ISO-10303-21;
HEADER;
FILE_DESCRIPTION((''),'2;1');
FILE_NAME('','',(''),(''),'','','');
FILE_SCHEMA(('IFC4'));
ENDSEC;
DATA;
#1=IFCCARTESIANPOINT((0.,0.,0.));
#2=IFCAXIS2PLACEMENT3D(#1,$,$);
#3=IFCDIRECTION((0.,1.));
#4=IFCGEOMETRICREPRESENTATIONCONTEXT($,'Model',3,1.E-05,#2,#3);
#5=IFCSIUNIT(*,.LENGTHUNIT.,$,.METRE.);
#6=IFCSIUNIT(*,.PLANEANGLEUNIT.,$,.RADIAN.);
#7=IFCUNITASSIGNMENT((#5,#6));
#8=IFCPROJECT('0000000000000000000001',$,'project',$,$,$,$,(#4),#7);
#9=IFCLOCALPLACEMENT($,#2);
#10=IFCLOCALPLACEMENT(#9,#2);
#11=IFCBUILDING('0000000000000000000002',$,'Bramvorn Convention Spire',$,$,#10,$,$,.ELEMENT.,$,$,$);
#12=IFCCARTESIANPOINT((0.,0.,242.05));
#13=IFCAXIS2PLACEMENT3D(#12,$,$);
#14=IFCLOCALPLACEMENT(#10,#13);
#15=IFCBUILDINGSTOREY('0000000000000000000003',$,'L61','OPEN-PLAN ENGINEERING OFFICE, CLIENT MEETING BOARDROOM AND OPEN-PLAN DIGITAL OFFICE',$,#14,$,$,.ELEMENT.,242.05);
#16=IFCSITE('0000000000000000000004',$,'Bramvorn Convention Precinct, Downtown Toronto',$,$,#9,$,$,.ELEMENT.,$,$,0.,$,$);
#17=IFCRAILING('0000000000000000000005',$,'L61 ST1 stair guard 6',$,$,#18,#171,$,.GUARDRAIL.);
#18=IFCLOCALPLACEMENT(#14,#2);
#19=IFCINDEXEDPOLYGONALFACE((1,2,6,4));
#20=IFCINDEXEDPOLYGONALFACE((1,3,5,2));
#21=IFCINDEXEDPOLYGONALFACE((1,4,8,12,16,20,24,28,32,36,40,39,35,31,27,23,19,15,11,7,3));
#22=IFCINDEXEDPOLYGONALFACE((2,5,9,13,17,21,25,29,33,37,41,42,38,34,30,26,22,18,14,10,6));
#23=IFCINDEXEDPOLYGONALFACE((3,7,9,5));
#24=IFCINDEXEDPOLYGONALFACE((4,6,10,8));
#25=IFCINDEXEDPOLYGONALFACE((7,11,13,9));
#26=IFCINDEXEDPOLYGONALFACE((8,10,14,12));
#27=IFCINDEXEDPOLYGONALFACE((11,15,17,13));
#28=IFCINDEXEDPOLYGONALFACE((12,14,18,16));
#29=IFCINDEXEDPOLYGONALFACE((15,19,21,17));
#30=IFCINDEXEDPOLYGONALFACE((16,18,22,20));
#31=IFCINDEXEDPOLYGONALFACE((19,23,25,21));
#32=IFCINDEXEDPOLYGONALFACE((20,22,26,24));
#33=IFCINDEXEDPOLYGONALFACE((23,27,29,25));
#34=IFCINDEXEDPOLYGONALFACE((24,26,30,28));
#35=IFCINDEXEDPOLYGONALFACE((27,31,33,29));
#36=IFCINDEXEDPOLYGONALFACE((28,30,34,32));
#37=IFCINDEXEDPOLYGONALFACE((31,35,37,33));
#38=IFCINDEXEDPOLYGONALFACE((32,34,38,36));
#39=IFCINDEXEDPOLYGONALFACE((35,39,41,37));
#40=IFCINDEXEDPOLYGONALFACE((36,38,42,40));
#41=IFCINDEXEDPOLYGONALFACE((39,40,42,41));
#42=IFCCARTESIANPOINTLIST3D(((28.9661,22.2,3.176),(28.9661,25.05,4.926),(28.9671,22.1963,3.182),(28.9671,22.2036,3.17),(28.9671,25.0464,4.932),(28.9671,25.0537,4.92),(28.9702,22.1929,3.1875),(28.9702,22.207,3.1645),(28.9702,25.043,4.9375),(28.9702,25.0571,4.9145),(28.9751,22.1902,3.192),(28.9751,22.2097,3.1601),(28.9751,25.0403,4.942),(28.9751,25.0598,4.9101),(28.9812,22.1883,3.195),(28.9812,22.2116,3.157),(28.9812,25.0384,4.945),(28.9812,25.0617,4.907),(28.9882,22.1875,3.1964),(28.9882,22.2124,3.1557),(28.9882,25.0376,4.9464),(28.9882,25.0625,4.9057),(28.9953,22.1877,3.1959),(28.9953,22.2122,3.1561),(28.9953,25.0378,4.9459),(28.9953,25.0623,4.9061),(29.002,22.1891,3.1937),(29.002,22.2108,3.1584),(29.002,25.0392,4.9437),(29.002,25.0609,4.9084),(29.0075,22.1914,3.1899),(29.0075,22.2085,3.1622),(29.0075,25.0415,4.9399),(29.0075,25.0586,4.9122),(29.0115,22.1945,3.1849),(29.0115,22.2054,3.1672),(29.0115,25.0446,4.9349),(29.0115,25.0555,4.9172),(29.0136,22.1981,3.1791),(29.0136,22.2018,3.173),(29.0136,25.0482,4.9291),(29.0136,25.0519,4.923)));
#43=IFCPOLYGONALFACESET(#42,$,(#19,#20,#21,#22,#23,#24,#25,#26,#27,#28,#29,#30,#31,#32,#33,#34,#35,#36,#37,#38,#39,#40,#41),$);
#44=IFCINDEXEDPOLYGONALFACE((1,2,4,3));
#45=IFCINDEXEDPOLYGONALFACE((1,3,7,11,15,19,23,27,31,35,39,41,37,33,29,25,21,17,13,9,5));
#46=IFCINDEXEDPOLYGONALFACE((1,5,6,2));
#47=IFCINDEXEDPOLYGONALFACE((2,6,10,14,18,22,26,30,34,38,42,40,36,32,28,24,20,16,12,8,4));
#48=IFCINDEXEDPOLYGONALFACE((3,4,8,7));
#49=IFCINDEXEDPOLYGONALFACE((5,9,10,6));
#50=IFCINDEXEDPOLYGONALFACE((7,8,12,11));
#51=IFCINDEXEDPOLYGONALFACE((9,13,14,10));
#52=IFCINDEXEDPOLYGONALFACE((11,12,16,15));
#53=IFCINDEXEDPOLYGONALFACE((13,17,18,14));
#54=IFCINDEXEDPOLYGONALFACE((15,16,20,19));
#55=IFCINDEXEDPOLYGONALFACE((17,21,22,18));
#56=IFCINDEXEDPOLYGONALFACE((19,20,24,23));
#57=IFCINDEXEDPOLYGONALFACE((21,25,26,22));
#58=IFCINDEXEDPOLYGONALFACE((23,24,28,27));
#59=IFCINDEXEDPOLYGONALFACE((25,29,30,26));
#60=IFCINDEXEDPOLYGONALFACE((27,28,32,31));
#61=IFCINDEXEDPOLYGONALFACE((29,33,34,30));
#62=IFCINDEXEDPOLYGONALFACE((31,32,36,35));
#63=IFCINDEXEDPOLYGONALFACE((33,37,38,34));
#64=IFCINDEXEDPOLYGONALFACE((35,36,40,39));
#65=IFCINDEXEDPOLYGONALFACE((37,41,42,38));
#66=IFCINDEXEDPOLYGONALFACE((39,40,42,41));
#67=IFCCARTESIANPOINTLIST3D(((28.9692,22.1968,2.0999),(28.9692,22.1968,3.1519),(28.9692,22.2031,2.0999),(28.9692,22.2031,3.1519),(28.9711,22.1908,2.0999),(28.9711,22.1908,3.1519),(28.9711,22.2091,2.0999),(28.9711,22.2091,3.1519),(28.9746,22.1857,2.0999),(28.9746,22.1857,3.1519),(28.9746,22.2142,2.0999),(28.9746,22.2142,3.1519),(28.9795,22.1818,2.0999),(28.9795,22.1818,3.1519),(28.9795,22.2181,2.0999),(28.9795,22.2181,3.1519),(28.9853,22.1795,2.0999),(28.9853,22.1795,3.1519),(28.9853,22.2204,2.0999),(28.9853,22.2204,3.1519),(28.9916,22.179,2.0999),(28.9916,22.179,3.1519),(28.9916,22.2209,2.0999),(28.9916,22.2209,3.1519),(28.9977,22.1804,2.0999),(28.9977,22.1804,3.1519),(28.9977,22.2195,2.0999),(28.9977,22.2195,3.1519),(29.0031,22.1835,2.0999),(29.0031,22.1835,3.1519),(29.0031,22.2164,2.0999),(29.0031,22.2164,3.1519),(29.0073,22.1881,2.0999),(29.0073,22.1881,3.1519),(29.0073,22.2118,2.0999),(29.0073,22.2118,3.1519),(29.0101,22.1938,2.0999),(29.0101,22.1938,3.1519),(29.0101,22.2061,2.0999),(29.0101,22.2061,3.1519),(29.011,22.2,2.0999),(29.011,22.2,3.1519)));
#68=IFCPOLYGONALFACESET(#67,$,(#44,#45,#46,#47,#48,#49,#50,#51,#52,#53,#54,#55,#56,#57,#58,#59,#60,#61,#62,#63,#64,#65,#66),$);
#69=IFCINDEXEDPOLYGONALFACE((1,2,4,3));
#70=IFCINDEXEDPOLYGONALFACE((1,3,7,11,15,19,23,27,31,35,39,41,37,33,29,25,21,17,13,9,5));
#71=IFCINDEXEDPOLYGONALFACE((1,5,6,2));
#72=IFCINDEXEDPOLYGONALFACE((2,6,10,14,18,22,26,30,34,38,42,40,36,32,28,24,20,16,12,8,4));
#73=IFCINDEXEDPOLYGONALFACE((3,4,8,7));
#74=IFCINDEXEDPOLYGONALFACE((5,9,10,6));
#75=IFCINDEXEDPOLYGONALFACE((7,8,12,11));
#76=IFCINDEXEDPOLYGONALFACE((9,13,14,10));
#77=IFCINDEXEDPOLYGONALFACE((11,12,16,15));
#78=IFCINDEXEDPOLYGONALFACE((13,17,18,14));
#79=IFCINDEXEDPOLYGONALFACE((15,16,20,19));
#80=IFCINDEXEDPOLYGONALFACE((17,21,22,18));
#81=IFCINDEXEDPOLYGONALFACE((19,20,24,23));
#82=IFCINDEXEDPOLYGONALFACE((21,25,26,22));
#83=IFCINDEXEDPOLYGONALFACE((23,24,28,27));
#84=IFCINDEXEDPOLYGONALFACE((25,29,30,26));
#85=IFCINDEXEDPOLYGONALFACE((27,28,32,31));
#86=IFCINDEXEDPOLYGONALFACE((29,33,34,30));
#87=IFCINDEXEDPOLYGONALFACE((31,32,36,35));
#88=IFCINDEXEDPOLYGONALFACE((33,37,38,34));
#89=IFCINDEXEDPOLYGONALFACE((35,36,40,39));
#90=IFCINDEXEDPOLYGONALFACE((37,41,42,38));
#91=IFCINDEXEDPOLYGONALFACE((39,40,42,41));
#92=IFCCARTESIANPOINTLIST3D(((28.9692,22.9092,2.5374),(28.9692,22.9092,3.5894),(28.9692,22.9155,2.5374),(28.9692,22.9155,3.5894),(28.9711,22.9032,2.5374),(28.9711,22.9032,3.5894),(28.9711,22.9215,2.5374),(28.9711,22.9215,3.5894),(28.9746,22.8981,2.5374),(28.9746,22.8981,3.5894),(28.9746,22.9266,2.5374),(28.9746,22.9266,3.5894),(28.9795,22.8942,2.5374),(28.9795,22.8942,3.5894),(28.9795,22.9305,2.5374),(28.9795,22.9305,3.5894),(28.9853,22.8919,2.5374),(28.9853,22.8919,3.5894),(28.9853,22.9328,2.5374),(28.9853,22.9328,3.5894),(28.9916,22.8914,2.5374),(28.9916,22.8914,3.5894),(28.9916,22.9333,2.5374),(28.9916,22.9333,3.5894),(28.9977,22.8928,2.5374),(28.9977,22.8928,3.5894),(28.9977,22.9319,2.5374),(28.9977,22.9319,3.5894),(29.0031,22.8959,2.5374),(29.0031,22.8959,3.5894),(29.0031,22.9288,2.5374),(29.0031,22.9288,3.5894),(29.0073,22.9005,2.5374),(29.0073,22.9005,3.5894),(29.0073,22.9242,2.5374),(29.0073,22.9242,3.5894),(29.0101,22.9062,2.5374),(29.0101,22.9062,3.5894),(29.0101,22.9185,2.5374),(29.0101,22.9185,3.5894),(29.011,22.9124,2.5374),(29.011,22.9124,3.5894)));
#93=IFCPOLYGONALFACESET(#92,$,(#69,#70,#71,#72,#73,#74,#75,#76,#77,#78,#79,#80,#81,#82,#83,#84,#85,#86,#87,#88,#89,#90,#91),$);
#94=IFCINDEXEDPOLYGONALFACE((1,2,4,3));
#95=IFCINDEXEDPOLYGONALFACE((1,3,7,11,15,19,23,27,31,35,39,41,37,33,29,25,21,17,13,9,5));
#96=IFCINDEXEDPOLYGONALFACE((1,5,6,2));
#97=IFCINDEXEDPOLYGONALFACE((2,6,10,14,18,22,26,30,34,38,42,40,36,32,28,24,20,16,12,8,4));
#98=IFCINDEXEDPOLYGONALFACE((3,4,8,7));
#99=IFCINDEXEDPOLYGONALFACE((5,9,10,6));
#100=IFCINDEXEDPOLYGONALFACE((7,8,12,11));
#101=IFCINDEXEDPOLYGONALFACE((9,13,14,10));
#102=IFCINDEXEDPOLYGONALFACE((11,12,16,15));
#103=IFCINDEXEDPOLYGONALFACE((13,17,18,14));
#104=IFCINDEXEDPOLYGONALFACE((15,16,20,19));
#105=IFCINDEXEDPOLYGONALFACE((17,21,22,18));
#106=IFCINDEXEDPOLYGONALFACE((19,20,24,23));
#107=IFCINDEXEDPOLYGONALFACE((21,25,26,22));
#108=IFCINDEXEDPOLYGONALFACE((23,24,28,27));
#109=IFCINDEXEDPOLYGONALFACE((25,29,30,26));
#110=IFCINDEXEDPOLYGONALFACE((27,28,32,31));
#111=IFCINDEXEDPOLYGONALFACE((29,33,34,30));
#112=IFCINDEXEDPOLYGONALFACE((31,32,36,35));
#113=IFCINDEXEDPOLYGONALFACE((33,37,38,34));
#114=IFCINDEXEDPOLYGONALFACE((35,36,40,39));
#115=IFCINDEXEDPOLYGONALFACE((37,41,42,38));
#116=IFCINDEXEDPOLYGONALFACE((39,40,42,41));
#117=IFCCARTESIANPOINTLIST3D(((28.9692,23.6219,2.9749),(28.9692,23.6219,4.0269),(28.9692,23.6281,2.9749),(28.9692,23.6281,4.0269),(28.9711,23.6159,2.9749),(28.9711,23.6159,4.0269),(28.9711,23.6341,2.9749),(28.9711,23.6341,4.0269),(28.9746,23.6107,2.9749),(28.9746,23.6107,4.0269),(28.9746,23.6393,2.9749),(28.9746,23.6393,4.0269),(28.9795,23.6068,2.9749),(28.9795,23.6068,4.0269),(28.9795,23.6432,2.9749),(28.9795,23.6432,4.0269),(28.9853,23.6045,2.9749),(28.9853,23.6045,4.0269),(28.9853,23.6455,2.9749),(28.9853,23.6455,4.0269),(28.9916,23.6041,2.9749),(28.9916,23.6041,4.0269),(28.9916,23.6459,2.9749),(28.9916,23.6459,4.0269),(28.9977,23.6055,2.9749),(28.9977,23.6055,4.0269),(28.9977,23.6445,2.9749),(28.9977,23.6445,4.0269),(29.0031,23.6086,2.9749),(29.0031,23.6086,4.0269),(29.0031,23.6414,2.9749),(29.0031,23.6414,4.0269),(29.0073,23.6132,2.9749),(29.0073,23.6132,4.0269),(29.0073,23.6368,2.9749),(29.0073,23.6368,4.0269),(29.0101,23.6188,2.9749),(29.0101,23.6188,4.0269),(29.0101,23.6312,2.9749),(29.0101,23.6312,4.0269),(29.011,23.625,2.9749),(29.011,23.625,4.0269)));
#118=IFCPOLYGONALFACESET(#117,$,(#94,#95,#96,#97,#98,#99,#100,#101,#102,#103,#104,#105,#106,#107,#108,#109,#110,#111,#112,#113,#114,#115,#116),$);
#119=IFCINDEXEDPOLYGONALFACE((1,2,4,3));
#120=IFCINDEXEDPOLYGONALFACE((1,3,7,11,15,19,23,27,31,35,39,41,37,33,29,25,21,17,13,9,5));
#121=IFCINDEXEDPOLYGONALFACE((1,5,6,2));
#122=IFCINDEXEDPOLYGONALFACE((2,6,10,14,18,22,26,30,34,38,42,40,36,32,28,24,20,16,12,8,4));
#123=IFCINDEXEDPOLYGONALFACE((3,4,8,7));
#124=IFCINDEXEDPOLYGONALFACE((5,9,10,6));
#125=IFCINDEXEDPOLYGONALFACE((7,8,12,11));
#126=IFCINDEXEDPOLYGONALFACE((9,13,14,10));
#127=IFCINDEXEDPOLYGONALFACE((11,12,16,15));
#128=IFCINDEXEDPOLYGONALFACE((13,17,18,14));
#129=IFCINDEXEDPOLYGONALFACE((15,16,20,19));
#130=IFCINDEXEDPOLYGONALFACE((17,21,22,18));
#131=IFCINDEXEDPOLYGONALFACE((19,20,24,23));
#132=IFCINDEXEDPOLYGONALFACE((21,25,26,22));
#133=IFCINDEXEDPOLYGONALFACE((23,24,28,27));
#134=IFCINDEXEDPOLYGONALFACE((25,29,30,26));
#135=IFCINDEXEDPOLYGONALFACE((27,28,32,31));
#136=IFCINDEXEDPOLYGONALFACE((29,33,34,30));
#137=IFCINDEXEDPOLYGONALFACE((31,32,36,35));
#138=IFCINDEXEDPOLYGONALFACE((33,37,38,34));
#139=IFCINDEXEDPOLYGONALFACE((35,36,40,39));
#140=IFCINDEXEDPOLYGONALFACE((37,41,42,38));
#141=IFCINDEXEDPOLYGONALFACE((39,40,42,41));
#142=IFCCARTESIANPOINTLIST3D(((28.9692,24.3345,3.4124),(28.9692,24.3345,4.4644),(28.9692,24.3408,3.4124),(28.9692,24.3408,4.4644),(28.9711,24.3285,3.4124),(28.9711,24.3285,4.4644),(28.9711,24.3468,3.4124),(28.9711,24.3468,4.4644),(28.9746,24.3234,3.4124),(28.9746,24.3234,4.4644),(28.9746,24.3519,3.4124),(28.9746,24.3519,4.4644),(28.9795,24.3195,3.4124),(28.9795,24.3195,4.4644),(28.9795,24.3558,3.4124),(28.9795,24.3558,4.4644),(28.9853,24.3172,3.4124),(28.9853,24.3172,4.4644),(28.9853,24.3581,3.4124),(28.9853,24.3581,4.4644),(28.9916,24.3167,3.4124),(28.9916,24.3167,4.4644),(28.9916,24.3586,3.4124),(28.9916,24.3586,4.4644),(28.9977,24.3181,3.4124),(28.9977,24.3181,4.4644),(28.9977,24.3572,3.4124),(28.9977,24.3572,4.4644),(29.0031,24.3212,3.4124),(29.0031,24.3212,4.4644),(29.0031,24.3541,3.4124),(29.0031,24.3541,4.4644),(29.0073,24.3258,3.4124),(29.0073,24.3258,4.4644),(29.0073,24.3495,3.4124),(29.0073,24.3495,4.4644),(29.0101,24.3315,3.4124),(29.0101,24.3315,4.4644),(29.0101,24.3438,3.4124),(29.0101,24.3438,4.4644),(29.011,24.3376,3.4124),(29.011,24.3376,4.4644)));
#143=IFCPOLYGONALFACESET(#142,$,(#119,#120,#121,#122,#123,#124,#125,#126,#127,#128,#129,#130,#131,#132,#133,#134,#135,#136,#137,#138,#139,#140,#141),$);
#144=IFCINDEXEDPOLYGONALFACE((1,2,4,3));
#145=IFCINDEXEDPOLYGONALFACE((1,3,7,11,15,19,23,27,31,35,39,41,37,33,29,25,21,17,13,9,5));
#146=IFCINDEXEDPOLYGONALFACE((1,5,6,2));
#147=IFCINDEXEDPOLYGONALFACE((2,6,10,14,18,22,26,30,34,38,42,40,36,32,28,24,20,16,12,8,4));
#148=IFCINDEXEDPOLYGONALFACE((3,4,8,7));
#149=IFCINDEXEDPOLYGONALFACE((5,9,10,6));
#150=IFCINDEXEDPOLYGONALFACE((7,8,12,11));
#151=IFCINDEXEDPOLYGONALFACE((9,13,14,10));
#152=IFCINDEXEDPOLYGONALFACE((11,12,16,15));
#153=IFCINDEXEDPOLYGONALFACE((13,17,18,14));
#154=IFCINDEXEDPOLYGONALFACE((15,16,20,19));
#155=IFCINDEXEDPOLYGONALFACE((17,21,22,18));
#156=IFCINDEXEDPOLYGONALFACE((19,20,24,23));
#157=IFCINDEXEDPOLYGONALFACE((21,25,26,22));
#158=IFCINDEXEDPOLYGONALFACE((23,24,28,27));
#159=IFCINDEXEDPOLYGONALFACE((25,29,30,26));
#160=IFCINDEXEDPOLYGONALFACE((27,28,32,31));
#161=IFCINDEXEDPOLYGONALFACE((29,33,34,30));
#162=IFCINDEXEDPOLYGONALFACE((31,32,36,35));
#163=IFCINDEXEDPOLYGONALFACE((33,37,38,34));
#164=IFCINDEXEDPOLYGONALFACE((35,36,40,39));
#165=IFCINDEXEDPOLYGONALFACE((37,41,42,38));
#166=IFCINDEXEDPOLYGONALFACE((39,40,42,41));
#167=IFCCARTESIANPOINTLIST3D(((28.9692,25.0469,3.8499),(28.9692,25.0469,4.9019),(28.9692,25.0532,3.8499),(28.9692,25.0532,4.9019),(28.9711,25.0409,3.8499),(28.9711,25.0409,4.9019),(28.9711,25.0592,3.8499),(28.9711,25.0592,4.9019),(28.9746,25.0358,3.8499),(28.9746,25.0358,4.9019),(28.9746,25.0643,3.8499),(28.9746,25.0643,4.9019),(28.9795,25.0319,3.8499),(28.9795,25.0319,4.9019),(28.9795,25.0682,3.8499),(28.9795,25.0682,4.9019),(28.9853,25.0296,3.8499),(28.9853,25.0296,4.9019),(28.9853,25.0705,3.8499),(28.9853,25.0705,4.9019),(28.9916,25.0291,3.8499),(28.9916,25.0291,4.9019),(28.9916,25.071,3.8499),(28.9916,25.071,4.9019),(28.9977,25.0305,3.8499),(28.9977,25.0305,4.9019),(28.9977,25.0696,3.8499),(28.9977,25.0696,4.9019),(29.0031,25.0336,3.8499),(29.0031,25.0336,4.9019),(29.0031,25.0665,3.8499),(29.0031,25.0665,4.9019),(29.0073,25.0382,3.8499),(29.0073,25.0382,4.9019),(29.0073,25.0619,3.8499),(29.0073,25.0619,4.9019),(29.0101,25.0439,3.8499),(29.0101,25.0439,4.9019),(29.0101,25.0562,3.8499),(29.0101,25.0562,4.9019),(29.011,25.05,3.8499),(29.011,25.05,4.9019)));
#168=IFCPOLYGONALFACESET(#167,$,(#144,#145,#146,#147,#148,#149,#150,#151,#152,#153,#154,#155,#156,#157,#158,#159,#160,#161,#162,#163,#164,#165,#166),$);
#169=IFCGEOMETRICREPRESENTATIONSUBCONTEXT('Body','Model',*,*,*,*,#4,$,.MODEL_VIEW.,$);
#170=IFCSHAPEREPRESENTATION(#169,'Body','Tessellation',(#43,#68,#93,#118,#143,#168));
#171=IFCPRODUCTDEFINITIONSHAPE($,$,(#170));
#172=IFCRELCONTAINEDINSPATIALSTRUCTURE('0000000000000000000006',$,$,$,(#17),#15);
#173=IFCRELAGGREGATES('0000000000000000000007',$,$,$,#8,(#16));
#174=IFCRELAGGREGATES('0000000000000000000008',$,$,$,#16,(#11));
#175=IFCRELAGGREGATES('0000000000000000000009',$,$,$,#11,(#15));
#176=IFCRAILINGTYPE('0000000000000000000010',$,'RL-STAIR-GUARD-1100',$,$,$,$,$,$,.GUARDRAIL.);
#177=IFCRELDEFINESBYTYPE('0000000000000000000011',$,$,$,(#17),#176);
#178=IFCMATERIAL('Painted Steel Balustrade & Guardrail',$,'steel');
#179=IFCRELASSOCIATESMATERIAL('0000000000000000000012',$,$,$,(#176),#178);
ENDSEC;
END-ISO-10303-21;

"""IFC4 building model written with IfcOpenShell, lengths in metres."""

from ifc_helpers import new_model, si_unit, direction, frame, origin, origin_2d, place, context, subcontext, project, spatial, circle, extrude, material, type_object, element, save


model = new_model("IFC4")

# Units and contexts
model_context = context("Model", 3, precision=1e-05, world=origin(), true_north=direction((0.0, 1.0)))
body_context = subcontext(model_context, "Body", "Model", "MODEL_VIEW")
ifc_project = project(units=[si_unit("LENGTHUNIT", "METRE"), si_unit("PLANEANGLEUNIT", "RADIAN")], contexts=[model_context])

# Site, building, storey
site_placement = place(None, origin())
site = spatial("IfcSite", under=ifc_project, at=site_placement, Name="Bramvorn Convention Precinct, Downtown Toronto", CompositionType="ELEMENT", RefElevation=0.0)
building_placement = place(site_placement, origin())
building = spatial("IfcBuilding", under=site, at=building_placement, Name="Bramvorn Convention Spire", CompositionType="ELEMENT")
storey_placement = place(building_placement, frame((0.0, 0.0, 242.05)))
storey = spatial("IfcBuildingStorey", under=building, at=storey_placement, Name="L61", Description="OPEN-PLAN ENGINEERING OFFICE, CLIENT MEETING BOARDROOM AND OPEN-PLAN DIGITAL OFFICE", CompositionType="ELEMENT", Elevation=242.05)

# Railing
ifc_material_1 = material(Name="Painted Steel Balustrade & Guardrail", Category="steel")
railing_type_1 = type_object("IfcRailingType", Name="RL-STAIR-GUARD-1100", PredefinedType="GUARDRAIL", material=ifc_material_1)
railing_1_placement = place(storey_placement, frame((28.99, 22.2, 2.0999)))
element("IfcRailing", 1, at=railing_1_placement, inside=storey, type_object=railing_type_1, Name="L61 ST1 stair guard 6", PredefinedType="GUARDRAIL", context=body_context, shape_type="SweptSolid", body=[
    extrude(circle(Radius=0.0239, at=origin_2d()), frame((0.0, 0.0, 1.0762), z_axis=(0.0, 0.852179, 0.52325), x_axis=(-1.0, 0.0, 0.0)), (0.0, 0.0, 1.0), 3.3445),
    extrude(circle(Radius=0.021, at=origin_2d()), origin(), (0.0, 0.0, 1.0), 1.052),
    extrude(circle(Radius=0.021, at=origin_2d()), frame((0.0, 0.7124, 0.4375)), (0.0, 0.0, 1.0), 1.052),
    extrude(circle(Radius=0.021, at=origin_2d()), frame((0.0, 1.425, 0.875)), (0.0, 0.0, 1.0), 1.052),
    extrude(circle(Radius=0.021, at=origin_2d()), frame((0.0, 2.1377, 1.3125)), (0.0, 0.0, 1.0), 1.052),
    extrude(circle(Radius=0.021, at=origin_2d()), frame((0.0, 2.8501, 1.75)), (0.0, 0.0, 1.0), 1.052),
])

save(model, "model.ifc")
